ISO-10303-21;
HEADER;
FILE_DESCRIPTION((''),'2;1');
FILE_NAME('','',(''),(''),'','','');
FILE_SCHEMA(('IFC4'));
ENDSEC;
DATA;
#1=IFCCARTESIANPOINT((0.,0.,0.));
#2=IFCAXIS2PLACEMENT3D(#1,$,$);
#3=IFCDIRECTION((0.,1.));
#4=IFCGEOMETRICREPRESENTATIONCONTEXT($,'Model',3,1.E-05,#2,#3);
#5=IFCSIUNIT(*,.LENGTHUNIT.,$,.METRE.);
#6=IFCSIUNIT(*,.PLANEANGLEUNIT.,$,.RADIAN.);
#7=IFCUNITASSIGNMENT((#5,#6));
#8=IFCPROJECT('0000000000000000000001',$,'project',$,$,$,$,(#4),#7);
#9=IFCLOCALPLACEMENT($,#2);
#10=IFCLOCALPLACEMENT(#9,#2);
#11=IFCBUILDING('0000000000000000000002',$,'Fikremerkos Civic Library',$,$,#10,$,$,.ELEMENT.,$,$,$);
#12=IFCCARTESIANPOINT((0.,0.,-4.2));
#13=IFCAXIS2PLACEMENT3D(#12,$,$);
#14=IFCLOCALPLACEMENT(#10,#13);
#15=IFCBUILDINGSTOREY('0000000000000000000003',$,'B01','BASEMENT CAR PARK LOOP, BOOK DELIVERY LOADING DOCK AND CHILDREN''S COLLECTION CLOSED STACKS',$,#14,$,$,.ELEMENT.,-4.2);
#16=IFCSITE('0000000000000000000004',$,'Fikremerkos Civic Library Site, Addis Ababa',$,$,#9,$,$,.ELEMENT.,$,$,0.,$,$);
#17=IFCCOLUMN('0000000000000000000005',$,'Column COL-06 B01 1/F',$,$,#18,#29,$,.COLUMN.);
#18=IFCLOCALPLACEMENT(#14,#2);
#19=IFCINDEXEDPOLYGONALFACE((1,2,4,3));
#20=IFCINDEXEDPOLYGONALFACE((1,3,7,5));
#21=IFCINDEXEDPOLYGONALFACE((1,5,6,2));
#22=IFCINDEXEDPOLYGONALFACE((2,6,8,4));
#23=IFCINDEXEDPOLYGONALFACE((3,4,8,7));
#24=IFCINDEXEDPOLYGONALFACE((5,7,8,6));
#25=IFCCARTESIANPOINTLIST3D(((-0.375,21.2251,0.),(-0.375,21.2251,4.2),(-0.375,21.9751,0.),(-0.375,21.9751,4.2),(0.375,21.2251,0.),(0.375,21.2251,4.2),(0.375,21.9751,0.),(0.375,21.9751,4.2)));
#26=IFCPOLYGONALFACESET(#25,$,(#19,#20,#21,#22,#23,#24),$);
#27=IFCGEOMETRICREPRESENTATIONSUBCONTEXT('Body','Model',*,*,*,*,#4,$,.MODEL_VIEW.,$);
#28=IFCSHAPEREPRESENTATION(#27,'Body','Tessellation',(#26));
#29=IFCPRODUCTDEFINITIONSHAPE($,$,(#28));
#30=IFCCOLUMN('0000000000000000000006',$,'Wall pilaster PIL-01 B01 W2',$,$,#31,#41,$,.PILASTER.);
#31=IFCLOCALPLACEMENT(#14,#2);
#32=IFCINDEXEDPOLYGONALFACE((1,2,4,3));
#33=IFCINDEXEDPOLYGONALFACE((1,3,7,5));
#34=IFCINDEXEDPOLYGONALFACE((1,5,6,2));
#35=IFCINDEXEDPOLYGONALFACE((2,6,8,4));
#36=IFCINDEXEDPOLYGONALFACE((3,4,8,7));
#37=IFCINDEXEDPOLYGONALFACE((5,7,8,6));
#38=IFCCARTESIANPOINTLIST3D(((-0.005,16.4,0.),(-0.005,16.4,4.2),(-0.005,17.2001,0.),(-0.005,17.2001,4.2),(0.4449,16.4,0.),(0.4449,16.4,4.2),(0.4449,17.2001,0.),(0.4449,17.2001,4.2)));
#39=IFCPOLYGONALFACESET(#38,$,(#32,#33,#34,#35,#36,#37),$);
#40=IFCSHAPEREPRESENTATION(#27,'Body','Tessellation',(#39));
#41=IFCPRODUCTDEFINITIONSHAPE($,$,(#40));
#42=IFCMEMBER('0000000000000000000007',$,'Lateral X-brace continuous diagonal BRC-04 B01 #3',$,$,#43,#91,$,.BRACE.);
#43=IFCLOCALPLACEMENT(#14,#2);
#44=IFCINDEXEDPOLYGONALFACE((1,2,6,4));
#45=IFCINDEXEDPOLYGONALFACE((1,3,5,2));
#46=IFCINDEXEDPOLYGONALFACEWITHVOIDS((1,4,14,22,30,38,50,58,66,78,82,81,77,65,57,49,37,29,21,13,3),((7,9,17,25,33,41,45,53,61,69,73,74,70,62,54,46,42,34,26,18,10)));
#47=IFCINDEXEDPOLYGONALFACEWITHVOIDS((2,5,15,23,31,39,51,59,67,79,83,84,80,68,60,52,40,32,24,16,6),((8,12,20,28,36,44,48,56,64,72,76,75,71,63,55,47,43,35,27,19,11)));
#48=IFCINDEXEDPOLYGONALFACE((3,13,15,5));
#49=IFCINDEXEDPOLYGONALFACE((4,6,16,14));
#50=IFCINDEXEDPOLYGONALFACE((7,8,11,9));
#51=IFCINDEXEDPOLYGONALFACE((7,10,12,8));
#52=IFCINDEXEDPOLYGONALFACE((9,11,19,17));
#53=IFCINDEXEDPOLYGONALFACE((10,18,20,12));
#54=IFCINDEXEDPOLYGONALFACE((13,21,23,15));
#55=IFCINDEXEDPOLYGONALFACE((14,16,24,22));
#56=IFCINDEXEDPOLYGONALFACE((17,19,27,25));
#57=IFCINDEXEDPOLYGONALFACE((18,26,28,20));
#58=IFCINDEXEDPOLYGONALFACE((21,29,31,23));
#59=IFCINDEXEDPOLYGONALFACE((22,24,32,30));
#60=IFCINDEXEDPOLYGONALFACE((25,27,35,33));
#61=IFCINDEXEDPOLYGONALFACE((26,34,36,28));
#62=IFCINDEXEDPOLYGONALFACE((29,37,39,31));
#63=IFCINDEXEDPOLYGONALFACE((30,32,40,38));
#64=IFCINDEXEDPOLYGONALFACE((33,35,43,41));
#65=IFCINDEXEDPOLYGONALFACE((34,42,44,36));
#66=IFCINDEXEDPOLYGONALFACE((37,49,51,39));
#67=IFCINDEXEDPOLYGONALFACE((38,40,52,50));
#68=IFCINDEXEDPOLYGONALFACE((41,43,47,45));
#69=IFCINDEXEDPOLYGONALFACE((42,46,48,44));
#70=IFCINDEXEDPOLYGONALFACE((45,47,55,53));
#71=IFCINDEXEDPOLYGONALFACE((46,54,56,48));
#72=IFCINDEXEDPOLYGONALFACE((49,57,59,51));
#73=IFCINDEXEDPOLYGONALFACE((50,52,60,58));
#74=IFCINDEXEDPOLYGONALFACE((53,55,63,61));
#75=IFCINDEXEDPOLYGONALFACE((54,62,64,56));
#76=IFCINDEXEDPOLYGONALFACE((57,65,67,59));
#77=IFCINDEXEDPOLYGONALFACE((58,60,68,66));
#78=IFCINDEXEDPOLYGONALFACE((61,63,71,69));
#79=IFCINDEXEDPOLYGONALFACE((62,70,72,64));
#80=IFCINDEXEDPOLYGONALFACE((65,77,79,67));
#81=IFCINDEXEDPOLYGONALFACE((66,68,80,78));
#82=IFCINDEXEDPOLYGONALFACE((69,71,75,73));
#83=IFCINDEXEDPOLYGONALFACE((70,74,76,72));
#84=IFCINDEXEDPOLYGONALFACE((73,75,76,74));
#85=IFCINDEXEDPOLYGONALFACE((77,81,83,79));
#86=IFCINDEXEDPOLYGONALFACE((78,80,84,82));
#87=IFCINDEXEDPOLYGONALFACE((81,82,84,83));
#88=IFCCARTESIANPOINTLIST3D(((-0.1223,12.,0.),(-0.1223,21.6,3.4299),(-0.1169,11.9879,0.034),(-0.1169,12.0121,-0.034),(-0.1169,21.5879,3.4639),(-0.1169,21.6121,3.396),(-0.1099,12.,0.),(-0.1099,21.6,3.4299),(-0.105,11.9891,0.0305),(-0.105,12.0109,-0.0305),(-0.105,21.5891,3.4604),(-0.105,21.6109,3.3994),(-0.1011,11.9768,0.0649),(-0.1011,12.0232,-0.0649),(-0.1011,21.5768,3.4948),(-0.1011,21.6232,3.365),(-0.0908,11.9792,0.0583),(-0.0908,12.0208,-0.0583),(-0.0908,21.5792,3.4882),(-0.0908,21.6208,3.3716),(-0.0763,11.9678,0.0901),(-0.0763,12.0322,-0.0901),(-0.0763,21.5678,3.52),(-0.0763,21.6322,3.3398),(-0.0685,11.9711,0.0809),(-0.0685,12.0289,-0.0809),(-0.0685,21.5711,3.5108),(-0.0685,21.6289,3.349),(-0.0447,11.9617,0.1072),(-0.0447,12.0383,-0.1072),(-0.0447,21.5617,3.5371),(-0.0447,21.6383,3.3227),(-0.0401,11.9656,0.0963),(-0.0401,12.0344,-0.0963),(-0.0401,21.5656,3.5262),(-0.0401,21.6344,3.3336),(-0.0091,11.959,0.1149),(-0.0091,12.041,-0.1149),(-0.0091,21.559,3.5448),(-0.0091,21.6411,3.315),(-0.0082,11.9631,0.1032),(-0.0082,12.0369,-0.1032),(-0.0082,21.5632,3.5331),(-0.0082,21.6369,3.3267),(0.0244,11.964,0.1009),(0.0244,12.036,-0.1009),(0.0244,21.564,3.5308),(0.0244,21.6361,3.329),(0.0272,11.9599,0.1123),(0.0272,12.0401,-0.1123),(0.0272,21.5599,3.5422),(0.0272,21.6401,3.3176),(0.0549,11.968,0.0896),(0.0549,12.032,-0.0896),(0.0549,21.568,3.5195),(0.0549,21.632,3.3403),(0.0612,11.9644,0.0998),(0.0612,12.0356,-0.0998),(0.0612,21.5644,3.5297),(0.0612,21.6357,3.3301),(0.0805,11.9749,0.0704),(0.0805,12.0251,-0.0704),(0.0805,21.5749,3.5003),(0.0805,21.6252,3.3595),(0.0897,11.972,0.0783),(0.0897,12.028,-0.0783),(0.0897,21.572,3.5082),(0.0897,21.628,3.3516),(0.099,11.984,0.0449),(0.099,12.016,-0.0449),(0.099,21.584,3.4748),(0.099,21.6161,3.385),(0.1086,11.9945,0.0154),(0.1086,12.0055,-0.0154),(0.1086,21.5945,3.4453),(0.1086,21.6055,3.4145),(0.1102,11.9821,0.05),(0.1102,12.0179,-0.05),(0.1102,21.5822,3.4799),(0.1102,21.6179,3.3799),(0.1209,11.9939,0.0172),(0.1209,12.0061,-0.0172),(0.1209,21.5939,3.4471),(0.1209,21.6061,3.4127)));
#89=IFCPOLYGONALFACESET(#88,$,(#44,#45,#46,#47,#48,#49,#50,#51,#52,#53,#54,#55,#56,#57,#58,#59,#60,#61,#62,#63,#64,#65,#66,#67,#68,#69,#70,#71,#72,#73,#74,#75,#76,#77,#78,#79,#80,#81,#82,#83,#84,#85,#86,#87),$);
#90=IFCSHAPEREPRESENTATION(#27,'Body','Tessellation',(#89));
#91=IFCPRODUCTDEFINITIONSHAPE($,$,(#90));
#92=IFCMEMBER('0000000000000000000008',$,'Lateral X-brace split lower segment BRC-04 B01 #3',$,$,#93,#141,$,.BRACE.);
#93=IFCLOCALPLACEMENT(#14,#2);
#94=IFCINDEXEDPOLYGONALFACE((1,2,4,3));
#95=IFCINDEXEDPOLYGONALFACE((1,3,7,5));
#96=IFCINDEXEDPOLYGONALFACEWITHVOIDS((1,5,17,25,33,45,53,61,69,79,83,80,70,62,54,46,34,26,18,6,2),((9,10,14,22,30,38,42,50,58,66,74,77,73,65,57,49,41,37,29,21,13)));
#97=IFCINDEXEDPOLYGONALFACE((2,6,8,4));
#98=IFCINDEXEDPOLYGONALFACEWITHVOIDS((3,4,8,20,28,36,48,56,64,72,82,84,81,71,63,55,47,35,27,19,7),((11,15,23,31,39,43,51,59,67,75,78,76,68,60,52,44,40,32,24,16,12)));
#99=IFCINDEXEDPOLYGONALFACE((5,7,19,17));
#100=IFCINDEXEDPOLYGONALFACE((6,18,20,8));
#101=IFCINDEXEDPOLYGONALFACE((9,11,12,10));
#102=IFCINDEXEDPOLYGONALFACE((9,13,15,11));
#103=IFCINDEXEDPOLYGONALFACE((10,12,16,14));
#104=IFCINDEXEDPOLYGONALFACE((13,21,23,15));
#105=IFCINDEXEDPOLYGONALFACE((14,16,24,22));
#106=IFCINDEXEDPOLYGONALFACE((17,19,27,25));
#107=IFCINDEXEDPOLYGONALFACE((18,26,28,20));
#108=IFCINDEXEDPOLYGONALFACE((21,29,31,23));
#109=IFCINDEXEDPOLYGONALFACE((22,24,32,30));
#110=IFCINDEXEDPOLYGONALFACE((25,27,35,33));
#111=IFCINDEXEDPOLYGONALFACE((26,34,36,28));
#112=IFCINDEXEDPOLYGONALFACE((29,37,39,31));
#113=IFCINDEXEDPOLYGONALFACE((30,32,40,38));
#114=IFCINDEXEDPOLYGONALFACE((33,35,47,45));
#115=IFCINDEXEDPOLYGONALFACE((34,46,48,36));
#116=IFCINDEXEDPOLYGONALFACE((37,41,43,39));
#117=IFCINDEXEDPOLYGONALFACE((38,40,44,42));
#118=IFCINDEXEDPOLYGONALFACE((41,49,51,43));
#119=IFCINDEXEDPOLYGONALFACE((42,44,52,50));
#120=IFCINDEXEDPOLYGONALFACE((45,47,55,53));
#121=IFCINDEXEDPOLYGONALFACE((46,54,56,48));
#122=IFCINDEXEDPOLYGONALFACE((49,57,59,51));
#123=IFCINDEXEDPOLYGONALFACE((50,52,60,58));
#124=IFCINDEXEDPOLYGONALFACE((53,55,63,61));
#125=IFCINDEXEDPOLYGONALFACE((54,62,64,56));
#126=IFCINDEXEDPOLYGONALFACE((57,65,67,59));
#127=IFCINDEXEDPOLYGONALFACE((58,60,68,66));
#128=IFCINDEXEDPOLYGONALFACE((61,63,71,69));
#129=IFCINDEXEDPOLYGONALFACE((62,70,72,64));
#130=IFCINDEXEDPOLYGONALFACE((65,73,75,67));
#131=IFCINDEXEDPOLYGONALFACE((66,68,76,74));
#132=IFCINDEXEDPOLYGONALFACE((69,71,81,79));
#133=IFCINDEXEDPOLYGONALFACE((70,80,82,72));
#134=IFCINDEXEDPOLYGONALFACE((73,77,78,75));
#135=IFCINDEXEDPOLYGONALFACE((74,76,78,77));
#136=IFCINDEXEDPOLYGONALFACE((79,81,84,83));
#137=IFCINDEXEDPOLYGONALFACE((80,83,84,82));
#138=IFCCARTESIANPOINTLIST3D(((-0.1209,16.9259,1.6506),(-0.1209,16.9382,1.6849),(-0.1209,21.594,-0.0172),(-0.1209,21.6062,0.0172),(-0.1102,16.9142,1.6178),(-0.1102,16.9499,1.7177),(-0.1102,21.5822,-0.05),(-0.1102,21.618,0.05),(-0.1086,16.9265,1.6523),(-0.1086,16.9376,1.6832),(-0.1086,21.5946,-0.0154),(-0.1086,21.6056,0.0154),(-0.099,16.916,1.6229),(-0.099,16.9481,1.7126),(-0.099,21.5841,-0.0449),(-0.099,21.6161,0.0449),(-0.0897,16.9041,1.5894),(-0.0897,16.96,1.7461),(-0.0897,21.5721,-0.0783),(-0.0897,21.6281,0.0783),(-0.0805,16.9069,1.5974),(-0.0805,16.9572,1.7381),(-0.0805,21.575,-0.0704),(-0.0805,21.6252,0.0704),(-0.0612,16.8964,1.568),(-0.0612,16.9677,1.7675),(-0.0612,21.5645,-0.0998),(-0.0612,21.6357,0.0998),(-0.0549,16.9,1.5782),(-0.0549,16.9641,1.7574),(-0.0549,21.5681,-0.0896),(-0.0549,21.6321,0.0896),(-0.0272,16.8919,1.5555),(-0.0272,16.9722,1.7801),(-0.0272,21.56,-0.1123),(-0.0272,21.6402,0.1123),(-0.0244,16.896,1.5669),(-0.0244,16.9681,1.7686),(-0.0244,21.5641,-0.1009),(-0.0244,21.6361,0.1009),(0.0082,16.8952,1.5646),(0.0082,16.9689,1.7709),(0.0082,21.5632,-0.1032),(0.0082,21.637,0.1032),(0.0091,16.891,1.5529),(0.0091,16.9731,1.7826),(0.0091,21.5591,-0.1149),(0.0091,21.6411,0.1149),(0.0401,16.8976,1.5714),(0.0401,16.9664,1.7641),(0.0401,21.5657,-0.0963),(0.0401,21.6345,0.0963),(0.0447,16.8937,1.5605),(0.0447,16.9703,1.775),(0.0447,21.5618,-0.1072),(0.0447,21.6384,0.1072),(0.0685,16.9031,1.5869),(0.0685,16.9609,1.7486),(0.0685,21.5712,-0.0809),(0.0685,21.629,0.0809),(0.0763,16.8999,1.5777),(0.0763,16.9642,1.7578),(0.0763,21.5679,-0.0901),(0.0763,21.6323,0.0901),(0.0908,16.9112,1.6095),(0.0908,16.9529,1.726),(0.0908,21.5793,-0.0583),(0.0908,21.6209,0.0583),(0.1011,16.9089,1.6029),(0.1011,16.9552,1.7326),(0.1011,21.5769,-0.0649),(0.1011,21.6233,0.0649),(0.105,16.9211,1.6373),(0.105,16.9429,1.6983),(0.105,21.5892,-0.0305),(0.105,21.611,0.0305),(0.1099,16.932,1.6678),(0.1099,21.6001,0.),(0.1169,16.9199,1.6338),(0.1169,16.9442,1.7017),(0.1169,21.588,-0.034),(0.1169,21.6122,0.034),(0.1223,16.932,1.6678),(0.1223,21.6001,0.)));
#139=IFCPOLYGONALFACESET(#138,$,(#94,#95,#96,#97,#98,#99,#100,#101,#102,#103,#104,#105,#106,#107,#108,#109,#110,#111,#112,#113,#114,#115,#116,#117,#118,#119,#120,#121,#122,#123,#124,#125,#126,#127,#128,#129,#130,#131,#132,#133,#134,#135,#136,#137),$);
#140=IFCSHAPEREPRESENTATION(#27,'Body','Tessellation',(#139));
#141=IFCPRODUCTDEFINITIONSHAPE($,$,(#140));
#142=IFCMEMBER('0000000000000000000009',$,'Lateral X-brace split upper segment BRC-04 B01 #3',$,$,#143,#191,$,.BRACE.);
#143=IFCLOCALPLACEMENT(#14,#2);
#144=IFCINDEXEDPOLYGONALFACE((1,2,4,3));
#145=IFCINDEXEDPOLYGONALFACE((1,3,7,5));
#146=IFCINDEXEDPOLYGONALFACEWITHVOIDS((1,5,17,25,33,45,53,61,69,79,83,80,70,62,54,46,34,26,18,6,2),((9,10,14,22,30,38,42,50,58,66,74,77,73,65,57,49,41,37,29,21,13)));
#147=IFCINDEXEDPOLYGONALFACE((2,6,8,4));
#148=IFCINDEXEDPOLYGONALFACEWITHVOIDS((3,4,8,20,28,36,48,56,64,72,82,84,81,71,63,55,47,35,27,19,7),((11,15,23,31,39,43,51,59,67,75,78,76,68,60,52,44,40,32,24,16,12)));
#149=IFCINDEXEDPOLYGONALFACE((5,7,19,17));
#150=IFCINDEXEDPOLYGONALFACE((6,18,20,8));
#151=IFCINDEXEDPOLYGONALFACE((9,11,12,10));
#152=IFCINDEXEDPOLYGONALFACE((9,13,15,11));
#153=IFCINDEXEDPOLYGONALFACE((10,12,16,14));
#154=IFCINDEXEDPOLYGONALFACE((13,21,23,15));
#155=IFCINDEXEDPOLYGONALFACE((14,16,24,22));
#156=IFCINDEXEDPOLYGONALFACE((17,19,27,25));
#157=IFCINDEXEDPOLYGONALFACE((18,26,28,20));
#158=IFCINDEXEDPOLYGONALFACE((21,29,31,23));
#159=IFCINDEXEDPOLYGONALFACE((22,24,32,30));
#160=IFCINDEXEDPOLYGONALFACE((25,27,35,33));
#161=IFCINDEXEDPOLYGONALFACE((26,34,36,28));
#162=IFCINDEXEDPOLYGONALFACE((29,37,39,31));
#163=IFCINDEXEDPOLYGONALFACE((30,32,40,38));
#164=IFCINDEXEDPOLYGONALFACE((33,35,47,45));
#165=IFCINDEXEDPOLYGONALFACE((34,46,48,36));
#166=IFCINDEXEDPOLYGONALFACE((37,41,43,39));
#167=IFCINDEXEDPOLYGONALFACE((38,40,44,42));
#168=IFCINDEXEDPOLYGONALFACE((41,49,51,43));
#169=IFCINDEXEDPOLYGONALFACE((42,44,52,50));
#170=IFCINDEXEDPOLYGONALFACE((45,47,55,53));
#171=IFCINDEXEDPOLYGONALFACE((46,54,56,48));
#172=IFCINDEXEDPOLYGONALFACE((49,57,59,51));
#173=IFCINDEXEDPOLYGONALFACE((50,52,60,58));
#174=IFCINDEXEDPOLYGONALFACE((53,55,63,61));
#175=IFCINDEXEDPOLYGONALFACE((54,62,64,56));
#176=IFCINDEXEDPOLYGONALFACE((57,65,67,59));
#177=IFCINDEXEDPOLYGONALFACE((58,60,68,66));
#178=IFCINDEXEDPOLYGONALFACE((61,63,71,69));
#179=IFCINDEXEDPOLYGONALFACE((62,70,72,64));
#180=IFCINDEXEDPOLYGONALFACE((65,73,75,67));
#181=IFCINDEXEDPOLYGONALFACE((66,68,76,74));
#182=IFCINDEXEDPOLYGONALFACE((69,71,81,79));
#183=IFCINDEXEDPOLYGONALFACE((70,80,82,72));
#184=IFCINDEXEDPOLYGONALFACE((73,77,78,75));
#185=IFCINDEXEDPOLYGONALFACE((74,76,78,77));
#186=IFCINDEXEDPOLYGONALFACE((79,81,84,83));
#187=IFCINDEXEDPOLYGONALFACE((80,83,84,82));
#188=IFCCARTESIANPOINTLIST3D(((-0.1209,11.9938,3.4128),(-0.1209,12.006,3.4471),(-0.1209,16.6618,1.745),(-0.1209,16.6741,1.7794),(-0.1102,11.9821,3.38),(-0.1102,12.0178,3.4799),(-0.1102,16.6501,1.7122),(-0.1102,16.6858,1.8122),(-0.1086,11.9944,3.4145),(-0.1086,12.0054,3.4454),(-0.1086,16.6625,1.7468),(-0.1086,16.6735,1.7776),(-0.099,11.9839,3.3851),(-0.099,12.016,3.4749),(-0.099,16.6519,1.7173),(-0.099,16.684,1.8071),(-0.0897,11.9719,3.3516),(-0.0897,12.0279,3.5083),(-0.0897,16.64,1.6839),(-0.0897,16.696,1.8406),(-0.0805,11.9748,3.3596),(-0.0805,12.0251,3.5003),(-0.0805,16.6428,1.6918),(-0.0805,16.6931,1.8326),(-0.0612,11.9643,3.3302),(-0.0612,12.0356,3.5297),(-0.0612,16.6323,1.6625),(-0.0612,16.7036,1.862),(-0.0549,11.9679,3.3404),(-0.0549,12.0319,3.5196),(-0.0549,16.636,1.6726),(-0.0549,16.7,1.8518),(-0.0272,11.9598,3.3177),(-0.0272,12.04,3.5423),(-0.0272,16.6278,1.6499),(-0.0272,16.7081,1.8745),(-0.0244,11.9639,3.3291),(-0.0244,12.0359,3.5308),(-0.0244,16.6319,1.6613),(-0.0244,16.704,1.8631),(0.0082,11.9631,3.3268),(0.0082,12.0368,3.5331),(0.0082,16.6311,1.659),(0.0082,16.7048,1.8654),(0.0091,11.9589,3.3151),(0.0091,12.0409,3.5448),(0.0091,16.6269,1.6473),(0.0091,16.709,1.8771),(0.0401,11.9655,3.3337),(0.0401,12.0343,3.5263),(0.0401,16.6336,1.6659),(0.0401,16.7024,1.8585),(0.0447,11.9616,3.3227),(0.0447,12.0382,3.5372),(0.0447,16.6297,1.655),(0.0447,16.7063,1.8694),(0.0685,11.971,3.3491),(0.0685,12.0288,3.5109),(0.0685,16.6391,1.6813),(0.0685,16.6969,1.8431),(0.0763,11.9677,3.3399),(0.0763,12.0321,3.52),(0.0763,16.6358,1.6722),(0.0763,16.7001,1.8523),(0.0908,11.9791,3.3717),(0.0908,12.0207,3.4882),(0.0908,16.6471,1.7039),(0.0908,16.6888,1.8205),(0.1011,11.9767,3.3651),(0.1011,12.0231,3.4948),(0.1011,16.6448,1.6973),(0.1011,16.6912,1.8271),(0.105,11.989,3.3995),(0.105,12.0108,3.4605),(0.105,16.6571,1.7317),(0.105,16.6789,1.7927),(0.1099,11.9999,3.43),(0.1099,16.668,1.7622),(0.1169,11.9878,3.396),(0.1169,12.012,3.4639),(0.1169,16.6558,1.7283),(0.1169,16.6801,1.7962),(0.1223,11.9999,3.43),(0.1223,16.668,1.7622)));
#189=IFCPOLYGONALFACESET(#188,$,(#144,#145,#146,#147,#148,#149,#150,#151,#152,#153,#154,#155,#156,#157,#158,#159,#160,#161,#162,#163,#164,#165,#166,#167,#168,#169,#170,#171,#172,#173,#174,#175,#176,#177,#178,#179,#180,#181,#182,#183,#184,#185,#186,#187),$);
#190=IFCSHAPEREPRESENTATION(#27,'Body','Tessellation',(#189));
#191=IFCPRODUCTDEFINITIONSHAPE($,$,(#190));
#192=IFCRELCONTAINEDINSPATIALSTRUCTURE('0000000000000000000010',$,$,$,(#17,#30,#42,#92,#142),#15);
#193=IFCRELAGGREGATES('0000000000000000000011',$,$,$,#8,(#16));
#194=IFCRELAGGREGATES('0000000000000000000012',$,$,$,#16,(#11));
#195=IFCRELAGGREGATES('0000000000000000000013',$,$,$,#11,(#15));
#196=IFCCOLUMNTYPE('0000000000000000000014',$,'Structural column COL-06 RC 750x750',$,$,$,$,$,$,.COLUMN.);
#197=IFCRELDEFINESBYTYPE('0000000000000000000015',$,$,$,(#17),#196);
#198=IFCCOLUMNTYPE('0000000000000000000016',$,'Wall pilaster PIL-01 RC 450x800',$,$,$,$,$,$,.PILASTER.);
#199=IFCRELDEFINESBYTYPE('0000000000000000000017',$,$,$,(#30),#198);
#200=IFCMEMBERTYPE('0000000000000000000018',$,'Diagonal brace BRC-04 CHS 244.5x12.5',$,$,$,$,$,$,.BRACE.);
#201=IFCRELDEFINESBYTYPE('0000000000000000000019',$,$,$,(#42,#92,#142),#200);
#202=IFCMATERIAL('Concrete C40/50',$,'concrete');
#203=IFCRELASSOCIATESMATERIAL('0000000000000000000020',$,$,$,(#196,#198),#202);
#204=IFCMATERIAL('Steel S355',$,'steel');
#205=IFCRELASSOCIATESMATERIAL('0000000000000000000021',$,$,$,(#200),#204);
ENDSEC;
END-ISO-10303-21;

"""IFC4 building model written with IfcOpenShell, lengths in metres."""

from ifc_helpers import new_model, si_unit, direction, frame, origin, origin_2d, place, context, subcontext, project, spatial, rectangle, hollow_circle, extrude, material, material_profile, profile_set, type_object, element, save


model = new_model("IFC4")

# Units and contexts
model_context = context("Model", 3, precision=1e-05, world=origin(), true_north=direction((0.0, 1.0)))
body_context = subcontext(model_context, "Body", "Model", "MODEL_VIEW")
ifc_project = project(units=[si_unit("LENGTHUNIT", "METRE"), si_unit("PLANEANGLEUNIT", "RADIAN")], contexts=[model_context])

# Site, building, storey
site_placement = place(None, origin())
site = spatial("IfcSite", under=ifc_project, at=site_placement, Name="Fikremerkos Civic Library Site, Addis Ababa", CompositionType="ELEMENT", RefElevation=0.0)
building_placement = place(site_placement, origin())
building = spatial("IfcBuilding", under=site, at=building_placement, Name="Fikremerkos Civic Library", CompositionType="ELEMENT")
storey_placement = place(building_placement, frame((0.0, 0.0, -4.2)))
storey = spatial("IfcBuildingStorey", under=building, at=storey_placement, Name="B01", Description="BASEMENT CAR PARK LOOP, BOOK DELIVERY LOADING DOCK AND CHILDREN'S COLLECTION CLOSED STACKS", CompositionType="ELEMENT", Elevation=-4.2)

# Columns
ifc_material_1 = material(Name="Concrete C40/50", Category="concrete")
ifc_material_profile_1 = material_profile(ifc_material_1, rectangle(XDim=0.75, YDim=0.75, at=origin_2d()), Name="RC 750x750")
ifc_profile_set_1 = profile_set([ifc_material_profile_1], Name="Concrete C40/50")
column_type_1 = type_object("IfcColumnType", Name="Structural column COL-06 RC 750x750", PredefinedType="COLUMN", material=ifc_profile_set_1)
column_1_placement = place(storey_placement, frame((0.0, 21.6001, 0.0), z_axis=(0.0, 0.0, 1.0), x_axis=(1.0, 0.0, 0.0)))
element("IfcColumn", 1, at=column_1_placement, inside=storey, type_object=column_type_1, Name="Column COL-06 B01 1/F", PredefinedType="COLUMN", context=body_context, shape_type="SweptSolid", body=[
    extrude(rectangle(XDim=0.75, YDim=0.75, at=origin_2d()), origin(), (0.0, 0.0, 1.0), 4.2),
])
ifc_material_profile_2 = material_profile(ifc_material_1, rectangle(XDim=0.45, YDim=0.8, at=origin_2d()), Name="RC 450x800")
ifc_profile_set_2 = profile_set([ifc_material_profile_2], Name="Concrete C40/50")
column_type_2 = type_object("IfcColumnType", Name="Wall pilaster PIL-01 RC 450x800", PredefinedType="PILASTER", material=ifc_profile_set_2)
column_2_placement = place(storey_placement, frame((0.22, 16.8, 0.0), z_axis=(0.0, 0.0, 1.0), x_axis=(1.0, 0.0, 0.0)))
element("IfcColumn", 2, at=column_2_placement, inside=storey, type_object=column_type_2, Name="Wall pilaster PIL-01 B01 W2", PredefinedType="PILASTER", context=body_context, shape_type="SweptSolid", body=[
    extrude(rectangle(XDim=0.45, YDim=0.8, at=origin_2d()), origin(), (0.0, 0.0, 1.0), 4.2),
])

# Members
ifc_material_2 = material(Name="Steel S355", Category="steel")
ifc_material_profile_3 = material_profile(ifc_material_2, hollow_circle(Radius=0.1223, WallThickness=0.0125, at=origin_2d()), Name="CHS 244.5x12.5")
ifc_profile_set_3 = profile_set([ifc_material_profile_3], Name="Steel S355")
member_type_1 = type_object("IfcMemberType", Name="Diagonal brace BRC-04 CHS 244.5x12.5", PredefinedType="BRACE", material=ifc_profile_set_3)
member_1_placement = place(storey_placement, frame((0.0, 12.0, 0.0), z_axis=(0.0, 0.941701, 0.336452), x_axis=(-1.0, 0.0, 0.0)))
element("IfcMember", 3, at=member_1_placement, inside=storey, type_object=member_type_1, Name="Lateral X-brace continuous diagonal BRC-04 B01 #3", PredefinedType="BRACE", context=body_context, shape_type="SweptSolid", body=[
    extrude(hollow_circle(Radius=0.1223, WallThickness=0.0125, at=origin_2d()), origin(), (0.0, 0.0, 1.0), 10.1943),
])
for number, where, z_axis, x_axis, name in (
    (4, (0.0, 21.6001, 0.0), (0.0, -0.941704, 0.336442), (1.0, 0.0, 0.0), "Lateral X-brace split lower segment BRC-04 B01 #3"),
    (5, (0.0, 16.668, 1.7622), (0.0, -0.941704, 0.336442), (1.0, 0.0, 0.0), "Lateral X-brace split upper segment BRC-04 B01 #3"),
):
    element("IfcMember", number, at=place(storey_placement, frame(where, z_axis=z_axis, x_axis=x_axis)), inside=storey, type_object=member_type_1, Name=name, PredefinedType="BRACE", context=body_context, shape_type="SweptSolid", body=[
        extrude(hollow_circle(Radius=0.1223, WallThickness=0.0125, at=origin_2d()), origin(), (0.0, 0.0, 1.0), 4.957),
    ])

save(model, "model.ifc")
